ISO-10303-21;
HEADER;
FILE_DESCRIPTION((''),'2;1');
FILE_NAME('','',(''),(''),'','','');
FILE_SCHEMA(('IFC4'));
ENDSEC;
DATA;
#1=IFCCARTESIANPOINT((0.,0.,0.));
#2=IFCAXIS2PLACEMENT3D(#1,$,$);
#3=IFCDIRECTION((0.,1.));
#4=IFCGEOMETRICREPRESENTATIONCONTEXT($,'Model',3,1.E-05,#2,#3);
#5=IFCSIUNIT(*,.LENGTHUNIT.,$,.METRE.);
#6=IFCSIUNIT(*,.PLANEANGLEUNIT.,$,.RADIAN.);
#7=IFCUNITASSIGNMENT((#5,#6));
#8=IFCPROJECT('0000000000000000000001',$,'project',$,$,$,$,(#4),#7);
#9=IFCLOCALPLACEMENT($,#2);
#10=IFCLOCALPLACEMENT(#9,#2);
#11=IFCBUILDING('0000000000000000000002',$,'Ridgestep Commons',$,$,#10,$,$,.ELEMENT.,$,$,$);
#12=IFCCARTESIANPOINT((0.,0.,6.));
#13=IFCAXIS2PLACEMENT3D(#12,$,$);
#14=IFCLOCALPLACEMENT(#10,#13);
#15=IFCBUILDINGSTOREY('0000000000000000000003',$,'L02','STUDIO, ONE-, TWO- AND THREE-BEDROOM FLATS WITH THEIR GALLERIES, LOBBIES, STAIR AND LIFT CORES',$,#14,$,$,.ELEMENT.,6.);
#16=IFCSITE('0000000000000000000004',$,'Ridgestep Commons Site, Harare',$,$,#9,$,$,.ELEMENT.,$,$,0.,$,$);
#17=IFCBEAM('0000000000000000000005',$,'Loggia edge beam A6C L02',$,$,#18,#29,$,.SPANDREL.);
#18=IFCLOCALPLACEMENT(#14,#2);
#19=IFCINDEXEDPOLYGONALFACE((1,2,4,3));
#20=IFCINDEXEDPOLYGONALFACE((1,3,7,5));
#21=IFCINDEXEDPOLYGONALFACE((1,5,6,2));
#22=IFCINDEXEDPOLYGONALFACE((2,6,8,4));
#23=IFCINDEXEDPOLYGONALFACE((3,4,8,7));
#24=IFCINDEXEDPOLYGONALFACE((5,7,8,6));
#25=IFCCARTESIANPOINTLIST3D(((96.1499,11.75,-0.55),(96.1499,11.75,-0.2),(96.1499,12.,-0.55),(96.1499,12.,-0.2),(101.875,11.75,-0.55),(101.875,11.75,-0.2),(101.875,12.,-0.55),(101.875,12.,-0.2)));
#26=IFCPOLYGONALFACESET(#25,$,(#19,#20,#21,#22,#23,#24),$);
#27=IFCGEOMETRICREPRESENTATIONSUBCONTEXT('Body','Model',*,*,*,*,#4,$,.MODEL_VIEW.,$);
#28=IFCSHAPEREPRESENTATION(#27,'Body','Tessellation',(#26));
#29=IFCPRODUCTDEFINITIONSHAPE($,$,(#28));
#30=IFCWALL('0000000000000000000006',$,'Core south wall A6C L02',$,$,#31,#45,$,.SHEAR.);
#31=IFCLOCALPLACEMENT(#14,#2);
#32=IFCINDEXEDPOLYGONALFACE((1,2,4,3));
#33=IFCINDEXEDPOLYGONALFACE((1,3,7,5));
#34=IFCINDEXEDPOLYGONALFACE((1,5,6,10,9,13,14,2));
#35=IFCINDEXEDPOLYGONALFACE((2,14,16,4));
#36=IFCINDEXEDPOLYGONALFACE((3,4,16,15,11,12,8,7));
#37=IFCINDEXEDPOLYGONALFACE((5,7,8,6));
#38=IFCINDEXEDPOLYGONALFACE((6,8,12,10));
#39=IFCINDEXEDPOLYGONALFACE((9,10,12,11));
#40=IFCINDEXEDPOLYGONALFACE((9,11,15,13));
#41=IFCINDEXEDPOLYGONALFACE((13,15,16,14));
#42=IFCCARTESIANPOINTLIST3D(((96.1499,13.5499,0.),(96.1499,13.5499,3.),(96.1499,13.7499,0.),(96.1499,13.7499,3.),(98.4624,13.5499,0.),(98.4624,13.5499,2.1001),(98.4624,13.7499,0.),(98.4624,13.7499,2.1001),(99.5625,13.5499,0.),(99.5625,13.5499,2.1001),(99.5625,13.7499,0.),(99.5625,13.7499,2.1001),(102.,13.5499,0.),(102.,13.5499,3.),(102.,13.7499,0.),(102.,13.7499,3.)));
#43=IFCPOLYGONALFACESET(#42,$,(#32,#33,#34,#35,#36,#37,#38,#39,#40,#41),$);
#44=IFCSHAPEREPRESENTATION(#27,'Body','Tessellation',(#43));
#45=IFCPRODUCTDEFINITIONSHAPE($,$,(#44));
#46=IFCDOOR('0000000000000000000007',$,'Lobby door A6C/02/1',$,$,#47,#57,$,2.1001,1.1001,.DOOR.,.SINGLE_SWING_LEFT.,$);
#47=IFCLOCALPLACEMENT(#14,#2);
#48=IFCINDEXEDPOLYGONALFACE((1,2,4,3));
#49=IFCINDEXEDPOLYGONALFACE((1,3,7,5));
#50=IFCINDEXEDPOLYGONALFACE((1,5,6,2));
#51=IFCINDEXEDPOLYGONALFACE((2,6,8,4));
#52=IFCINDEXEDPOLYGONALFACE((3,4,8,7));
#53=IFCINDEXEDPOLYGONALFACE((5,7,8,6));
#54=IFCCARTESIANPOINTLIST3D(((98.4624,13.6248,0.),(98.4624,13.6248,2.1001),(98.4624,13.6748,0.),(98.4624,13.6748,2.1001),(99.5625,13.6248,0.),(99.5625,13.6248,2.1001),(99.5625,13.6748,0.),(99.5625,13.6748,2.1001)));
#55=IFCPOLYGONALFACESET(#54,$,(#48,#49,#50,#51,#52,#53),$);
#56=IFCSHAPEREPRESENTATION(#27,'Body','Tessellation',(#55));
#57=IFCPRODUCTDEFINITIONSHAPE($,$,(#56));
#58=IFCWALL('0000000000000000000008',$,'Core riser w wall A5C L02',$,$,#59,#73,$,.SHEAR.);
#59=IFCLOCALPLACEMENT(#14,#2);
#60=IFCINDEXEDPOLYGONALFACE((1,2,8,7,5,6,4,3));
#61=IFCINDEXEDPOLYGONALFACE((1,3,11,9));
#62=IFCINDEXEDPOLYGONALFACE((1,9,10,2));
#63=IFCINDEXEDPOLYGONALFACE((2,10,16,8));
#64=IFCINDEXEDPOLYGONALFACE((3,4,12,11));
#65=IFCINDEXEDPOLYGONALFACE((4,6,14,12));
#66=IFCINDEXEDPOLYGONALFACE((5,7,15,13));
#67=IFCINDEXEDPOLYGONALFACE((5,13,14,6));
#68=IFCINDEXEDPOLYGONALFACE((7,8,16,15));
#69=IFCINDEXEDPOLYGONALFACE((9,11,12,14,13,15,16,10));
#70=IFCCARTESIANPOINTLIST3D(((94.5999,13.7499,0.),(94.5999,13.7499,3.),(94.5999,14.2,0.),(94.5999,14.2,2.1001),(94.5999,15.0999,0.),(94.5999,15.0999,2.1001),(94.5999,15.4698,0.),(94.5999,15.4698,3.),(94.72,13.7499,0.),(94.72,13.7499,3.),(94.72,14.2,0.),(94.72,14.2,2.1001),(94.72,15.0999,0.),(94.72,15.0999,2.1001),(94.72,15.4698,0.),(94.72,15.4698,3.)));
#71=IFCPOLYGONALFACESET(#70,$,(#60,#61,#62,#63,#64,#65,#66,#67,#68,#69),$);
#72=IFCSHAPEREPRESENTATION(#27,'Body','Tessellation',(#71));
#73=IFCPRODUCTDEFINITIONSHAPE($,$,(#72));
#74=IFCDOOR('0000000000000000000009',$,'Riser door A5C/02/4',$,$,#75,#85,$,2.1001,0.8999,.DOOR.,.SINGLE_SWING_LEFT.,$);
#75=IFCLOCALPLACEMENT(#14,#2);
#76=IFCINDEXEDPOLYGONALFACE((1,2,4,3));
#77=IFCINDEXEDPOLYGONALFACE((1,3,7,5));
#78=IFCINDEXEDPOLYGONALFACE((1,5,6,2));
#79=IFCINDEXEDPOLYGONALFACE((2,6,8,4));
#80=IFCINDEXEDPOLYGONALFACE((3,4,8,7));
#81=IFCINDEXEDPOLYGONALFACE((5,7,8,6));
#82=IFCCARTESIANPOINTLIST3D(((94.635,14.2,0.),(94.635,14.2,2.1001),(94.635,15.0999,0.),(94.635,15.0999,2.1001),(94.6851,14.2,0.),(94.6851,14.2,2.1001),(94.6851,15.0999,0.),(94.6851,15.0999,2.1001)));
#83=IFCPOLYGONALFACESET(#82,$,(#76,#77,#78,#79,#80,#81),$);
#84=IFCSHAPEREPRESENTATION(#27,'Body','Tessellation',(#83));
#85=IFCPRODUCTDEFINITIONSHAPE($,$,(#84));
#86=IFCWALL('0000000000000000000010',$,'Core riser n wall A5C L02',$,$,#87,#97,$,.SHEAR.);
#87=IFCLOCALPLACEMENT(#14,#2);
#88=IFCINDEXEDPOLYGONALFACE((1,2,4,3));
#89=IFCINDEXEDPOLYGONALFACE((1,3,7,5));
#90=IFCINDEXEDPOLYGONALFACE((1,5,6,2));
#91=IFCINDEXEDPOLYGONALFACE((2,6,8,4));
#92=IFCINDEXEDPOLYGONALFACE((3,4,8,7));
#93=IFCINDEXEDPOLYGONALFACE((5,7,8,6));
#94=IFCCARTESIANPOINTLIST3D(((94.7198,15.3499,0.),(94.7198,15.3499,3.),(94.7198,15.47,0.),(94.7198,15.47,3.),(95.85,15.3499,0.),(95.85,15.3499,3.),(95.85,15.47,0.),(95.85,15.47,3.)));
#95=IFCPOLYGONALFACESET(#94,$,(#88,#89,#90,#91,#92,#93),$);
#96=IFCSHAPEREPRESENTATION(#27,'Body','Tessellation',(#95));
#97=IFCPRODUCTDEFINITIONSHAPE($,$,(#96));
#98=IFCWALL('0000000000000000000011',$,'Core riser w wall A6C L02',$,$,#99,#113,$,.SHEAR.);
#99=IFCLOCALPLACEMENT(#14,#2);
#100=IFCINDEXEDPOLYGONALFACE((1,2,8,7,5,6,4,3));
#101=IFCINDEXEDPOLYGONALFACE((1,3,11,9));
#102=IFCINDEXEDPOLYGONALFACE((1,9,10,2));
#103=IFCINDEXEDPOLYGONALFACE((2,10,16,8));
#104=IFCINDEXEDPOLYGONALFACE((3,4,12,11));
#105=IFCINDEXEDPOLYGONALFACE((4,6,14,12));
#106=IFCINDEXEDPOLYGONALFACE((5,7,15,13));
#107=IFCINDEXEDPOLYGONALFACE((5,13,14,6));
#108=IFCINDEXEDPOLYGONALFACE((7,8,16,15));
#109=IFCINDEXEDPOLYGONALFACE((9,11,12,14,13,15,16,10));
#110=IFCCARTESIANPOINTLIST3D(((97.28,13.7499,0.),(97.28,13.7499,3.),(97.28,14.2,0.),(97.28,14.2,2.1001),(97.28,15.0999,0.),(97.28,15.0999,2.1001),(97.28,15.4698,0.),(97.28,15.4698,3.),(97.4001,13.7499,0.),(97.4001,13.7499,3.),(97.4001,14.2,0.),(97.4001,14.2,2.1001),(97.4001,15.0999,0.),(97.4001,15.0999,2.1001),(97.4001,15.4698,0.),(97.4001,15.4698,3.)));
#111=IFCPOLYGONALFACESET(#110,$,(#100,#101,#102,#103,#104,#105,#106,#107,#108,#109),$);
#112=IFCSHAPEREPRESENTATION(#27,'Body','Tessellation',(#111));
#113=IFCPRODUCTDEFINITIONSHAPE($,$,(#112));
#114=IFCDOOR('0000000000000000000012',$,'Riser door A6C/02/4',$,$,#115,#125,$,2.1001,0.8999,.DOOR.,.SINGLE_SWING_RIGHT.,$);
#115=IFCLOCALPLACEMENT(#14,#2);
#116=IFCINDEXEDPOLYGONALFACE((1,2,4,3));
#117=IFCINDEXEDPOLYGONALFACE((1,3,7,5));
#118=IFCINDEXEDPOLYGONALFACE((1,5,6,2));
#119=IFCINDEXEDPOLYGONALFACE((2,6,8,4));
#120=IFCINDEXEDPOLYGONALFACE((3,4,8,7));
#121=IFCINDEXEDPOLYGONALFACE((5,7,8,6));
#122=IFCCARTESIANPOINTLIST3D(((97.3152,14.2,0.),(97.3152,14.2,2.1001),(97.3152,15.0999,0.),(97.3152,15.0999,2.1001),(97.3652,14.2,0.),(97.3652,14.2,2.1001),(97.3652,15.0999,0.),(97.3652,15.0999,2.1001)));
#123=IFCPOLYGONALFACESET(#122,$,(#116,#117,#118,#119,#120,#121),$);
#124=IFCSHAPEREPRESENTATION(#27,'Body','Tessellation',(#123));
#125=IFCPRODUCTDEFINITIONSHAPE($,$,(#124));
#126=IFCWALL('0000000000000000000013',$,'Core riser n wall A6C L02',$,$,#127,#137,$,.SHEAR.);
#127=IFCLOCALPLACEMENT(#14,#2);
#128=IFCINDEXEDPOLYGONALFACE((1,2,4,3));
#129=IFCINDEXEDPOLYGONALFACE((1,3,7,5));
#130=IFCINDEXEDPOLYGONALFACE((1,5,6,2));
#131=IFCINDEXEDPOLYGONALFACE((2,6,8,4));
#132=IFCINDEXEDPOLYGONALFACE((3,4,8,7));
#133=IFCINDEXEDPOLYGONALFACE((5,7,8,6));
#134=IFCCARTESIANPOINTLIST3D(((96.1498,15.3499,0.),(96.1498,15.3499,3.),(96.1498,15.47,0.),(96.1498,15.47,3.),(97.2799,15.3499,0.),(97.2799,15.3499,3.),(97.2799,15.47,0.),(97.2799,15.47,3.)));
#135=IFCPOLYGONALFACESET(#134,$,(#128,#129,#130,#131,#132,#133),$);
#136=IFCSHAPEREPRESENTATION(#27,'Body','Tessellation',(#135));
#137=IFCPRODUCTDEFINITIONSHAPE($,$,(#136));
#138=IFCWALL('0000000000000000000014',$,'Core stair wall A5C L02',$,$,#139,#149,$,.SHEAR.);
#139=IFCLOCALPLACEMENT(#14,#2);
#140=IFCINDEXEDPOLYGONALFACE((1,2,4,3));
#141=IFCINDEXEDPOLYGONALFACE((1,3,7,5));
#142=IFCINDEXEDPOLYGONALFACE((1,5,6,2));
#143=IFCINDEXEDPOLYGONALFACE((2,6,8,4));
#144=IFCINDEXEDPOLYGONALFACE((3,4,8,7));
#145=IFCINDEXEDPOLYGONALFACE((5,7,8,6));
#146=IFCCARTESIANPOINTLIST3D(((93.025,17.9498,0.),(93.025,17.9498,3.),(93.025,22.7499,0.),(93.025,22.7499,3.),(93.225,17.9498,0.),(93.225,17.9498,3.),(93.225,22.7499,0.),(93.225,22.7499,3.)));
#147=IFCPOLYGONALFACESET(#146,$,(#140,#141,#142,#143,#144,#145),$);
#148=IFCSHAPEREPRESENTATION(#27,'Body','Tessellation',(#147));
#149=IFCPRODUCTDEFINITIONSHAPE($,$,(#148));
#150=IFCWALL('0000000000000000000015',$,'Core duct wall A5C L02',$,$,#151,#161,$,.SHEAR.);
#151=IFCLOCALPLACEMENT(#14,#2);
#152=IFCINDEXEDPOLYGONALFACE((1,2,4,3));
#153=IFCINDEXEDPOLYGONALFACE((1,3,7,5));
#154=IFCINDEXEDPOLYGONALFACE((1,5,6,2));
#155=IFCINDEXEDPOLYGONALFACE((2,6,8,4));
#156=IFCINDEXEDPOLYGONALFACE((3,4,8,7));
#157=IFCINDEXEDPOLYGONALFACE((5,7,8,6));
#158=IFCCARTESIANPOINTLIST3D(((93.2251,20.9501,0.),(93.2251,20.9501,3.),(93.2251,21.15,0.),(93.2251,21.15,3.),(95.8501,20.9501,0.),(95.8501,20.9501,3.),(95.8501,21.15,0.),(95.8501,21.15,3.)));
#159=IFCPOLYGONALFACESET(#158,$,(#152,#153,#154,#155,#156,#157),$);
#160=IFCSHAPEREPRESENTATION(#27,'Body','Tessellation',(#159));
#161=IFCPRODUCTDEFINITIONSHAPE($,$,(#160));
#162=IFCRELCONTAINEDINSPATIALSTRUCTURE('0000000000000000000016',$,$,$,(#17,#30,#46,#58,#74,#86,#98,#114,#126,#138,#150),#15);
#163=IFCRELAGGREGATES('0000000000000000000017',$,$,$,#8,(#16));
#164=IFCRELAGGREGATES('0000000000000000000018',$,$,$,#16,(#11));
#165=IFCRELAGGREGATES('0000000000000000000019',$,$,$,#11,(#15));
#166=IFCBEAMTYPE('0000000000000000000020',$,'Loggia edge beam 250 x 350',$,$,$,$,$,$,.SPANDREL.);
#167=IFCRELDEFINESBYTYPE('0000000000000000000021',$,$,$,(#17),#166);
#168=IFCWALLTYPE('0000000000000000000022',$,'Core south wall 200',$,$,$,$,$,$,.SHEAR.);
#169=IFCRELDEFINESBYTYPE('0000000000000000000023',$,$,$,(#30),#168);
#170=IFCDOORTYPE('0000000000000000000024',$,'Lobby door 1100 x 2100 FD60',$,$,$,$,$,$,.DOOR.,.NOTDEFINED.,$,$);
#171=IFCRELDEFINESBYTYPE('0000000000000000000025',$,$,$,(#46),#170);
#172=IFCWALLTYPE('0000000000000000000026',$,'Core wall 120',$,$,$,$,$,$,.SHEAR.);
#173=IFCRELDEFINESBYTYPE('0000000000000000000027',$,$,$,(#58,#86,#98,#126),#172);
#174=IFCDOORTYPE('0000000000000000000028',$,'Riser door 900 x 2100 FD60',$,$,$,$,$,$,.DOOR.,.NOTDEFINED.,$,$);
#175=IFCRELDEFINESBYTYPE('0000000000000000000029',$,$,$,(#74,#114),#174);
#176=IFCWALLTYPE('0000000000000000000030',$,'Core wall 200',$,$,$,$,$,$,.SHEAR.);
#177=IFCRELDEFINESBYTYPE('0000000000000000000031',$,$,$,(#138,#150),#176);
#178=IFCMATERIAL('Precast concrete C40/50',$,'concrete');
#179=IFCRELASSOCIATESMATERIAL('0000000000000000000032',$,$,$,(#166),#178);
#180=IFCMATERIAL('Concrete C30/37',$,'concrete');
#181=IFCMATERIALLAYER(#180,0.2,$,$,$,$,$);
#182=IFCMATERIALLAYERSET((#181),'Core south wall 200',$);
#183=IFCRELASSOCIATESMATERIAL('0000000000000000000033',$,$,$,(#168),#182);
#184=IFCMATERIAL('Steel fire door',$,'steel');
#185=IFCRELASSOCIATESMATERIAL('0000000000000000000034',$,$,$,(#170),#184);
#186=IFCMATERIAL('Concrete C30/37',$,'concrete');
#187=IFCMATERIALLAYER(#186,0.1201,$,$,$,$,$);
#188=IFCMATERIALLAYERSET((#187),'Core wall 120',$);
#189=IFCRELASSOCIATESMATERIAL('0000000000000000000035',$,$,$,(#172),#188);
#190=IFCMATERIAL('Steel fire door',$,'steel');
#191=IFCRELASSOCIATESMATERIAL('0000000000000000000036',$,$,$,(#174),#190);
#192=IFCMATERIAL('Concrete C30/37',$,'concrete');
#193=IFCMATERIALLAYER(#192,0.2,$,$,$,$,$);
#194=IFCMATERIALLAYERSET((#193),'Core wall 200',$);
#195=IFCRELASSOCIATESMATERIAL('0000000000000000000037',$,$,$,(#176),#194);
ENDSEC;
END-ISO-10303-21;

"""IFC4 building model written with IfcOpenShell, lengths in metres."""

from ifc_helpers import new_model, si_unit, direction, frame, frame_2d, origin, origin_2d, place, context, subcontext, project, spatial, rectangle, extrude, material, layer, layer_set, material_profile, profile_set, type_object, element, fill, save


model = new_model("IFC4")

# Units and contexts
model_context = context("Model", 3, precision=1e-05, world=origin(), true_north=direction((0.0, 1.0)))
body_context = subcontext(model_context, "Body", "Model", "MODEL_VIEW")
ifc_project = project(units=[si_unit("LENGTHUNIT", "METRE"), si_unit("PLANEANGLEUNIT", "RADIAN")], contexts=[model_context])

# Site, building, storey
site_placement = place(None, origin())
site = spatial("IfcSite", under=ifc_project, at=site_placement, Name="Ridgestep Commons Site, Harare", CompositionType="ELEMENT", RefElevation=0.0)
building_placement = place(site_placement, origin())
building = spatial("IfcBuilding", under=site, at=building_placement, Name="Ridgestep Commons", CompositionType="ELEMENT")
storey_placement = place(building_placement, frame((0.0, 0.0, 6.0)))
storey = spatial("IfcBuildingStorey", under=building, at=storey_placement, Name="L02", Description="STUDIO, ONE-, TWO- AND THREE-BEDROOM FLATS WITH THEIR GALLERIES, LOBBIES, STAIR AND LIFT CORES", CompositionType="ELEMENT", Elevation=6.0)

# Beam
ifc_material_1 = material(Name="Precast concrete C40/50", Category="concrete")
ifc_material_profile = material_profile(ifc_material_1, rectangle(XDim=0.25, YDim=0.3501, at=origin_2d()), Name="PC 250x350")
ifc_profile_set = profile_set([ifc_material_profile], Name="Precast concrete C40/50")
beam_type = type_object("IfcBeamType", Name="Loggia edge beam 250 x 350", PredefinedType="SPANDREL", material=ifc_profile_set)
beam_placement = place(storey_placement, frame((96.1499, 11.875, -0.375), z_axis=(1.0, 0.0, 0.0), x_axis=(0.0, 1.0, 0.0)))
element("IfcBeam", 1, at=beam_placement, inside=storey, type_object=beam_type, Name="Loggia edge beam A6C L02", PredefinedType="SPANDREL", context=body_context, shape_type="SweptSolid", body=[
    extrude(rectangle(XDim=0.25, YDim=0.3501, at=origin_2d()), origin(), (0.0, 0.0, 1.0), 5.7251),
])

# Walls, openings, doors
ifc_material_2 = material(Name="Concrete C30/37", Category="concrete")
ifc_layer_1 = layer(ifc_material_2, 0.2)
ifc_layer_set_1 = layer_set([ifc_layer_1], Name="Core south wall 200")
wall_type_1 = type_object("IfcWallType", Name="Core south wall 200", PredefinedType="SHEAR", material=ifc_layer_set_1)
wall_1_placement = place(storey_placement, frame((96.1499, 13.6499, 0.0), z_axis=(0.0, 0.0, 1.0), x_axis=(1.0, 0.0, 0.0)))
wall_1 = element("IfcWall", 2, at=wall_1_placement, inside=storey, type_object=wall_type_1, Name="Core south wall A6C L02", PredefinedType="SHEAR", context=body_context, shape_type="SweptSolid", body=[
    extrude(rectangle(XDim=5.8501, YDim=0.2, at=frame_2d((2.925, 0.0))), origin(), (0.0, 0.0, 1.0), 3.0),
])
opening_1_placement = place(wall_1_placement, frame((2.3125, 0.0, 0.0)))
opening_1 = element("IfcOpeningElement", 3, at=opening_1_placement, cuts=wall_1, PredefinedType="OPENING", context=body_context, shape_type="SweptSolid", body=[
    extrude(rectangle(XDim=1.1001, YDim=2.1001, at=frame_2d((0.55, 1.05))), frame((0.0, 0.1099, 0.0), z_axis=(0.0, -1.0, 0.0), x_axis=(1.0, 0.0, 0.0)), (0.0, 0.0, 1.0), 0.22),
])
ifc_material_3 = material(Name="Steel fire door", Category="steel")
door_type_1 = type_object("IfcDoorType", Name="Lobby door 1100 x 2100 FD60", OperationType="NOTDEFINED", PredefinedType="DOOR", material=ifc_material_3)
door_1_placement = place(opening_1_placement, origin())
door_1 = element("IfcDoor", 4, at=door_1_placement, inside=storey, type_object=door_type_1, Name="Lobby door A6C/02/1", OperationType="SINGLE_SWING_LEFT", OverallHeight=2.1001, OverallWidth=1.1001, PredefinedType="DOOR", context=body_context, shape_type="SweptSolid", body=[
    extrude(rectangle(XDim=1.1001, YDim=2.1001, at=frame_2d((0.55, 1.05))), frame((0.0, 0.0249, 0.0), z_axis=(0.0, -1.0, 0.0), x_axis=(1.0, 0.0, 0.0)), (0.0, 0.0, 1.0), 0.05),
])
fill(opening_1, door_1)
ifc_material_4 = material(Name="Concrete C30/37", Category="concrete")
ifc_layer_2 = layer(ifc_material_4, 0.1201)
ifc_layer_set_2 = layer_set([ifc_layer_2], Name="Core wall 120")
wall_type_2 = type_object("IfcWallType", Name="Core wall 120", PredefinedType="SHEAR", material=ifc_layer_set_2)
wall_2_placement = place(storey_placement, frame((94.6599, 13.75, 0.0), z_axis=(0.0, 0.0, 1.0), x_axis=(0.0, 1.0, 0.0)))
wall_2 = element("IfcWall", 5, at=wall_2_placement, inside=storey, type_object=wall_type_2, Name="Core riser w wall A5C L02", PredefinedType="SHEAR", context=body_context, shape_type="SweptSolid", body=[
    extrude(rectangle(XDim=1.72, YDim=0.1201, at=frame_2d((0.8599, 0.0))), origin(), (0.0, 0.0, 1.0), 3.0),
])
opening_2_placement = place(wall_2_placement, frame((0.45, 0.0, 0.0)))
opening_2 = element("IfcOpeningElement", 6, at=opening_2_placement, cuts=wall_2, PredefinedType="OPENING", context=body_context, shape_type="SweptSolid", body=[
    extrude(rectangle(XDim=0.8999, YDim=2.1001, at=frame_2d((0.45, 1.05))), frame((0.0, 0.0701, 0.0), z_axis=(0.0, -1.0, 0.0), x_axis=(1.0, 0.0, 0.0)), (0.0, 0.0, 1.0), 0.1401),
])
ifc_material_5 = material(Name="Steel fire door", Category="steel")
door_type_2 = type_object("IfcDoorType", Name="Riser door 900 x 2100 FD60", OperationType="NOTDEFINED", PredefinedType="DOOR", material=ifc_material_5)
door_2_placement = place(opening_2_placement, origin())
door_2 = element("IfcDoor", 7, at=door_2_placement, inside=storey, type_object=door_type_2, Name="Riser door A5C/02/4", OperationType="SINGLE_SWING_LEFT", OverallHeight=2.1001, OverallWidth=0.8999, PredefinedType="DOOR", context=body_context, shape_type="SweptSolid", body=[
    extrude(rectangle(XDim=0.8999, YDim=2.1001, at=frame_2d((0.45, 1.05))), frame((0.0, 0.0249, 0.0), z_axis=(0.0, -1.0, 0.0), x_axis=(1.0, 0.0, 0.0)), (0.0, 0.0, 1.0), 0.05),
])
fill(opening_2, door_2)

# Wall
wall_3_placement = place(storey_placement, frame((94.72, 15.4099, 0.0), z_axis=(0.0, 0.0, 1.0), x_axis=(1.0, 0.0, 0.0)))
element("IfcWall", 8, at=wall_3_placement, inside=storey, type_object=wall_type_2, Name="Core riser n wall A5C L02", PredefinedType="SHEAR", context=body_context, shape_type="SweptSolid", body=[
    extrude(rectangle(XDim=1.1301, YDim=0.1201, at=frame_2d((0.5649, 0.0))), origin(), (0.0, 0.0, 1.0), 3.0),
])

# Wall, opening, door
wall_4_placement = place(storey_placement, frame((97.3401, 13.75, 0.0), z_axis=(0.0, 0.0, 1.0), x_axis=(0.0, 1.0, 0.0)))
wall_4 = element("IfcWall", 9, at=wall_4_placement, inside=storey, type_object=wall_type_2, Name="Core riser w wall A6C L02", PredefinedType="SHEAR", context=body_context, shape_type="SweptSolid", body=[
    extrude(rectangle(XDim=1.72, YDim=0.1201, at=frame_2d((0.8599, 0.0))), origin(), (0.0, 0.0, 1.0), 3.0),
])
opening_3_placement = place(wall_4_placement, frame((0.45, 0.0, 0.0)))
opening_3 = element("IfcOpeningElement", 10, at=opening_3_placement, cuts=wall_4, PredefinedType="OPENING", context=body_context, shape_type="SweptSolid", body=[
    extrude(rectangle(XDim=0.8999, YDim=2.1001, at=frame_2d((0.45, 1.05))), frame((0.0, 0.0701, 0.0), z_axis=(0.0, -1.0, 0.0), x_axis=(1.0, 0.0, 0.0)), (0.0, 0.0, 1.0), 0.1401),
])
door_3_placement = place(opening_3_placement, origin())
door_3 = element("IfcDoor", 11, at=door_3_placement, inside=storey, type_object=door_type_2, Name="Riser door A6C/02/4", OperationType="SINGLE_SWING_RIGHT", OverallHeight=2.1001, OverallWidth=0.8999, PredefinedType="DOOR", context=body_context, shape_type="SweptSolid", body=[
    extrude(rectangle(XDim=0.8999, YDim=2.1001, at=frame_2d((0.45, 1.05))), frame((0.0, 0.0249, 0.0), z_axis=(0.0, -1.0, 0.0), x_axis=(1.0, 0.0, 0.0)), (0.0, 0.0, 1.0), 0.05),
])
fill(opening_3, door_3)

# Walls
wall_5_placement = place(storey_placement, frame((96.1499, 15.4099, 0.0), z_axis=(0.0, 0.0, 1.0), x_axis=(1.0, 0.0, 0.0)))
element("IfcWall", 12, at=wall_5_placement, inside=storey, type_object=wall_type_2, Name="Core riser n wall A6C L02", PredefinedType="SHEAR", context=body_context, shape_type="SweptSolid", body=[
    extrude(rectangle(XDim=1.1301, YDim=0.1201, at=frame_2d((0.5649, 0.0))), origin(), (0.0, 0.0, 1.0), 3.0),
])
ifc_material_6 = material(Name="Concrete C30/37", Category="concrete")
ifc_layer_3 = layer(ifc_material_6, 0.2)
ifc_layer_set_3 = layer_set([ifc_layer_3], Name="Core wall 200")
wall_type_3 = type_object("IfcWallType", Name="Core wall 200", PredefinedType="SHEAR", material=ifc_layer_set_3)
wall_6_placement = place(storey_placement, frame((93.125, 17.95, 0.0), z_axis=(0.0, 0.0, 1.0), x_axis=(0.0, 1.0, 0.0)))
element("IfcWall", 13, at=wall_6_placement, inside=storey, type_object=wall_type_3, Name="Core stair wall A5C L02", PredefinedType="SHEAR", context=body_context, shape_type="SweptSolid", body=[
    extrude(rectangle(XDim=4.8, YDim=0.2, at=frame_2d((2.3999, 0.0))), origin(), (0.0, 0.0, 1.0), 3.0),
])
wall_7_placement = place(storey_placement, frame((93.2251, 21.05, 0.0), z_axis=(0.0, 0.0, 1.0), x_axis=(1.0, 0.0, 0.0)))
element("IfcWall", 14, at=wall_7_placement, inside=storey, type_object=wall_type_3, Name="Core duct wall A5C L02", PredefinedType="SHEAR", context=body_context, shape_type="SweptSolid", body=[
    extrude(rectangle(XDim=2.625, YDim=0.2, at=frame_2d((1.3125, 0.0))), origin(), (0.0, 0.0, 1.0), 3.0),
])

save(model, "model.ifc")
